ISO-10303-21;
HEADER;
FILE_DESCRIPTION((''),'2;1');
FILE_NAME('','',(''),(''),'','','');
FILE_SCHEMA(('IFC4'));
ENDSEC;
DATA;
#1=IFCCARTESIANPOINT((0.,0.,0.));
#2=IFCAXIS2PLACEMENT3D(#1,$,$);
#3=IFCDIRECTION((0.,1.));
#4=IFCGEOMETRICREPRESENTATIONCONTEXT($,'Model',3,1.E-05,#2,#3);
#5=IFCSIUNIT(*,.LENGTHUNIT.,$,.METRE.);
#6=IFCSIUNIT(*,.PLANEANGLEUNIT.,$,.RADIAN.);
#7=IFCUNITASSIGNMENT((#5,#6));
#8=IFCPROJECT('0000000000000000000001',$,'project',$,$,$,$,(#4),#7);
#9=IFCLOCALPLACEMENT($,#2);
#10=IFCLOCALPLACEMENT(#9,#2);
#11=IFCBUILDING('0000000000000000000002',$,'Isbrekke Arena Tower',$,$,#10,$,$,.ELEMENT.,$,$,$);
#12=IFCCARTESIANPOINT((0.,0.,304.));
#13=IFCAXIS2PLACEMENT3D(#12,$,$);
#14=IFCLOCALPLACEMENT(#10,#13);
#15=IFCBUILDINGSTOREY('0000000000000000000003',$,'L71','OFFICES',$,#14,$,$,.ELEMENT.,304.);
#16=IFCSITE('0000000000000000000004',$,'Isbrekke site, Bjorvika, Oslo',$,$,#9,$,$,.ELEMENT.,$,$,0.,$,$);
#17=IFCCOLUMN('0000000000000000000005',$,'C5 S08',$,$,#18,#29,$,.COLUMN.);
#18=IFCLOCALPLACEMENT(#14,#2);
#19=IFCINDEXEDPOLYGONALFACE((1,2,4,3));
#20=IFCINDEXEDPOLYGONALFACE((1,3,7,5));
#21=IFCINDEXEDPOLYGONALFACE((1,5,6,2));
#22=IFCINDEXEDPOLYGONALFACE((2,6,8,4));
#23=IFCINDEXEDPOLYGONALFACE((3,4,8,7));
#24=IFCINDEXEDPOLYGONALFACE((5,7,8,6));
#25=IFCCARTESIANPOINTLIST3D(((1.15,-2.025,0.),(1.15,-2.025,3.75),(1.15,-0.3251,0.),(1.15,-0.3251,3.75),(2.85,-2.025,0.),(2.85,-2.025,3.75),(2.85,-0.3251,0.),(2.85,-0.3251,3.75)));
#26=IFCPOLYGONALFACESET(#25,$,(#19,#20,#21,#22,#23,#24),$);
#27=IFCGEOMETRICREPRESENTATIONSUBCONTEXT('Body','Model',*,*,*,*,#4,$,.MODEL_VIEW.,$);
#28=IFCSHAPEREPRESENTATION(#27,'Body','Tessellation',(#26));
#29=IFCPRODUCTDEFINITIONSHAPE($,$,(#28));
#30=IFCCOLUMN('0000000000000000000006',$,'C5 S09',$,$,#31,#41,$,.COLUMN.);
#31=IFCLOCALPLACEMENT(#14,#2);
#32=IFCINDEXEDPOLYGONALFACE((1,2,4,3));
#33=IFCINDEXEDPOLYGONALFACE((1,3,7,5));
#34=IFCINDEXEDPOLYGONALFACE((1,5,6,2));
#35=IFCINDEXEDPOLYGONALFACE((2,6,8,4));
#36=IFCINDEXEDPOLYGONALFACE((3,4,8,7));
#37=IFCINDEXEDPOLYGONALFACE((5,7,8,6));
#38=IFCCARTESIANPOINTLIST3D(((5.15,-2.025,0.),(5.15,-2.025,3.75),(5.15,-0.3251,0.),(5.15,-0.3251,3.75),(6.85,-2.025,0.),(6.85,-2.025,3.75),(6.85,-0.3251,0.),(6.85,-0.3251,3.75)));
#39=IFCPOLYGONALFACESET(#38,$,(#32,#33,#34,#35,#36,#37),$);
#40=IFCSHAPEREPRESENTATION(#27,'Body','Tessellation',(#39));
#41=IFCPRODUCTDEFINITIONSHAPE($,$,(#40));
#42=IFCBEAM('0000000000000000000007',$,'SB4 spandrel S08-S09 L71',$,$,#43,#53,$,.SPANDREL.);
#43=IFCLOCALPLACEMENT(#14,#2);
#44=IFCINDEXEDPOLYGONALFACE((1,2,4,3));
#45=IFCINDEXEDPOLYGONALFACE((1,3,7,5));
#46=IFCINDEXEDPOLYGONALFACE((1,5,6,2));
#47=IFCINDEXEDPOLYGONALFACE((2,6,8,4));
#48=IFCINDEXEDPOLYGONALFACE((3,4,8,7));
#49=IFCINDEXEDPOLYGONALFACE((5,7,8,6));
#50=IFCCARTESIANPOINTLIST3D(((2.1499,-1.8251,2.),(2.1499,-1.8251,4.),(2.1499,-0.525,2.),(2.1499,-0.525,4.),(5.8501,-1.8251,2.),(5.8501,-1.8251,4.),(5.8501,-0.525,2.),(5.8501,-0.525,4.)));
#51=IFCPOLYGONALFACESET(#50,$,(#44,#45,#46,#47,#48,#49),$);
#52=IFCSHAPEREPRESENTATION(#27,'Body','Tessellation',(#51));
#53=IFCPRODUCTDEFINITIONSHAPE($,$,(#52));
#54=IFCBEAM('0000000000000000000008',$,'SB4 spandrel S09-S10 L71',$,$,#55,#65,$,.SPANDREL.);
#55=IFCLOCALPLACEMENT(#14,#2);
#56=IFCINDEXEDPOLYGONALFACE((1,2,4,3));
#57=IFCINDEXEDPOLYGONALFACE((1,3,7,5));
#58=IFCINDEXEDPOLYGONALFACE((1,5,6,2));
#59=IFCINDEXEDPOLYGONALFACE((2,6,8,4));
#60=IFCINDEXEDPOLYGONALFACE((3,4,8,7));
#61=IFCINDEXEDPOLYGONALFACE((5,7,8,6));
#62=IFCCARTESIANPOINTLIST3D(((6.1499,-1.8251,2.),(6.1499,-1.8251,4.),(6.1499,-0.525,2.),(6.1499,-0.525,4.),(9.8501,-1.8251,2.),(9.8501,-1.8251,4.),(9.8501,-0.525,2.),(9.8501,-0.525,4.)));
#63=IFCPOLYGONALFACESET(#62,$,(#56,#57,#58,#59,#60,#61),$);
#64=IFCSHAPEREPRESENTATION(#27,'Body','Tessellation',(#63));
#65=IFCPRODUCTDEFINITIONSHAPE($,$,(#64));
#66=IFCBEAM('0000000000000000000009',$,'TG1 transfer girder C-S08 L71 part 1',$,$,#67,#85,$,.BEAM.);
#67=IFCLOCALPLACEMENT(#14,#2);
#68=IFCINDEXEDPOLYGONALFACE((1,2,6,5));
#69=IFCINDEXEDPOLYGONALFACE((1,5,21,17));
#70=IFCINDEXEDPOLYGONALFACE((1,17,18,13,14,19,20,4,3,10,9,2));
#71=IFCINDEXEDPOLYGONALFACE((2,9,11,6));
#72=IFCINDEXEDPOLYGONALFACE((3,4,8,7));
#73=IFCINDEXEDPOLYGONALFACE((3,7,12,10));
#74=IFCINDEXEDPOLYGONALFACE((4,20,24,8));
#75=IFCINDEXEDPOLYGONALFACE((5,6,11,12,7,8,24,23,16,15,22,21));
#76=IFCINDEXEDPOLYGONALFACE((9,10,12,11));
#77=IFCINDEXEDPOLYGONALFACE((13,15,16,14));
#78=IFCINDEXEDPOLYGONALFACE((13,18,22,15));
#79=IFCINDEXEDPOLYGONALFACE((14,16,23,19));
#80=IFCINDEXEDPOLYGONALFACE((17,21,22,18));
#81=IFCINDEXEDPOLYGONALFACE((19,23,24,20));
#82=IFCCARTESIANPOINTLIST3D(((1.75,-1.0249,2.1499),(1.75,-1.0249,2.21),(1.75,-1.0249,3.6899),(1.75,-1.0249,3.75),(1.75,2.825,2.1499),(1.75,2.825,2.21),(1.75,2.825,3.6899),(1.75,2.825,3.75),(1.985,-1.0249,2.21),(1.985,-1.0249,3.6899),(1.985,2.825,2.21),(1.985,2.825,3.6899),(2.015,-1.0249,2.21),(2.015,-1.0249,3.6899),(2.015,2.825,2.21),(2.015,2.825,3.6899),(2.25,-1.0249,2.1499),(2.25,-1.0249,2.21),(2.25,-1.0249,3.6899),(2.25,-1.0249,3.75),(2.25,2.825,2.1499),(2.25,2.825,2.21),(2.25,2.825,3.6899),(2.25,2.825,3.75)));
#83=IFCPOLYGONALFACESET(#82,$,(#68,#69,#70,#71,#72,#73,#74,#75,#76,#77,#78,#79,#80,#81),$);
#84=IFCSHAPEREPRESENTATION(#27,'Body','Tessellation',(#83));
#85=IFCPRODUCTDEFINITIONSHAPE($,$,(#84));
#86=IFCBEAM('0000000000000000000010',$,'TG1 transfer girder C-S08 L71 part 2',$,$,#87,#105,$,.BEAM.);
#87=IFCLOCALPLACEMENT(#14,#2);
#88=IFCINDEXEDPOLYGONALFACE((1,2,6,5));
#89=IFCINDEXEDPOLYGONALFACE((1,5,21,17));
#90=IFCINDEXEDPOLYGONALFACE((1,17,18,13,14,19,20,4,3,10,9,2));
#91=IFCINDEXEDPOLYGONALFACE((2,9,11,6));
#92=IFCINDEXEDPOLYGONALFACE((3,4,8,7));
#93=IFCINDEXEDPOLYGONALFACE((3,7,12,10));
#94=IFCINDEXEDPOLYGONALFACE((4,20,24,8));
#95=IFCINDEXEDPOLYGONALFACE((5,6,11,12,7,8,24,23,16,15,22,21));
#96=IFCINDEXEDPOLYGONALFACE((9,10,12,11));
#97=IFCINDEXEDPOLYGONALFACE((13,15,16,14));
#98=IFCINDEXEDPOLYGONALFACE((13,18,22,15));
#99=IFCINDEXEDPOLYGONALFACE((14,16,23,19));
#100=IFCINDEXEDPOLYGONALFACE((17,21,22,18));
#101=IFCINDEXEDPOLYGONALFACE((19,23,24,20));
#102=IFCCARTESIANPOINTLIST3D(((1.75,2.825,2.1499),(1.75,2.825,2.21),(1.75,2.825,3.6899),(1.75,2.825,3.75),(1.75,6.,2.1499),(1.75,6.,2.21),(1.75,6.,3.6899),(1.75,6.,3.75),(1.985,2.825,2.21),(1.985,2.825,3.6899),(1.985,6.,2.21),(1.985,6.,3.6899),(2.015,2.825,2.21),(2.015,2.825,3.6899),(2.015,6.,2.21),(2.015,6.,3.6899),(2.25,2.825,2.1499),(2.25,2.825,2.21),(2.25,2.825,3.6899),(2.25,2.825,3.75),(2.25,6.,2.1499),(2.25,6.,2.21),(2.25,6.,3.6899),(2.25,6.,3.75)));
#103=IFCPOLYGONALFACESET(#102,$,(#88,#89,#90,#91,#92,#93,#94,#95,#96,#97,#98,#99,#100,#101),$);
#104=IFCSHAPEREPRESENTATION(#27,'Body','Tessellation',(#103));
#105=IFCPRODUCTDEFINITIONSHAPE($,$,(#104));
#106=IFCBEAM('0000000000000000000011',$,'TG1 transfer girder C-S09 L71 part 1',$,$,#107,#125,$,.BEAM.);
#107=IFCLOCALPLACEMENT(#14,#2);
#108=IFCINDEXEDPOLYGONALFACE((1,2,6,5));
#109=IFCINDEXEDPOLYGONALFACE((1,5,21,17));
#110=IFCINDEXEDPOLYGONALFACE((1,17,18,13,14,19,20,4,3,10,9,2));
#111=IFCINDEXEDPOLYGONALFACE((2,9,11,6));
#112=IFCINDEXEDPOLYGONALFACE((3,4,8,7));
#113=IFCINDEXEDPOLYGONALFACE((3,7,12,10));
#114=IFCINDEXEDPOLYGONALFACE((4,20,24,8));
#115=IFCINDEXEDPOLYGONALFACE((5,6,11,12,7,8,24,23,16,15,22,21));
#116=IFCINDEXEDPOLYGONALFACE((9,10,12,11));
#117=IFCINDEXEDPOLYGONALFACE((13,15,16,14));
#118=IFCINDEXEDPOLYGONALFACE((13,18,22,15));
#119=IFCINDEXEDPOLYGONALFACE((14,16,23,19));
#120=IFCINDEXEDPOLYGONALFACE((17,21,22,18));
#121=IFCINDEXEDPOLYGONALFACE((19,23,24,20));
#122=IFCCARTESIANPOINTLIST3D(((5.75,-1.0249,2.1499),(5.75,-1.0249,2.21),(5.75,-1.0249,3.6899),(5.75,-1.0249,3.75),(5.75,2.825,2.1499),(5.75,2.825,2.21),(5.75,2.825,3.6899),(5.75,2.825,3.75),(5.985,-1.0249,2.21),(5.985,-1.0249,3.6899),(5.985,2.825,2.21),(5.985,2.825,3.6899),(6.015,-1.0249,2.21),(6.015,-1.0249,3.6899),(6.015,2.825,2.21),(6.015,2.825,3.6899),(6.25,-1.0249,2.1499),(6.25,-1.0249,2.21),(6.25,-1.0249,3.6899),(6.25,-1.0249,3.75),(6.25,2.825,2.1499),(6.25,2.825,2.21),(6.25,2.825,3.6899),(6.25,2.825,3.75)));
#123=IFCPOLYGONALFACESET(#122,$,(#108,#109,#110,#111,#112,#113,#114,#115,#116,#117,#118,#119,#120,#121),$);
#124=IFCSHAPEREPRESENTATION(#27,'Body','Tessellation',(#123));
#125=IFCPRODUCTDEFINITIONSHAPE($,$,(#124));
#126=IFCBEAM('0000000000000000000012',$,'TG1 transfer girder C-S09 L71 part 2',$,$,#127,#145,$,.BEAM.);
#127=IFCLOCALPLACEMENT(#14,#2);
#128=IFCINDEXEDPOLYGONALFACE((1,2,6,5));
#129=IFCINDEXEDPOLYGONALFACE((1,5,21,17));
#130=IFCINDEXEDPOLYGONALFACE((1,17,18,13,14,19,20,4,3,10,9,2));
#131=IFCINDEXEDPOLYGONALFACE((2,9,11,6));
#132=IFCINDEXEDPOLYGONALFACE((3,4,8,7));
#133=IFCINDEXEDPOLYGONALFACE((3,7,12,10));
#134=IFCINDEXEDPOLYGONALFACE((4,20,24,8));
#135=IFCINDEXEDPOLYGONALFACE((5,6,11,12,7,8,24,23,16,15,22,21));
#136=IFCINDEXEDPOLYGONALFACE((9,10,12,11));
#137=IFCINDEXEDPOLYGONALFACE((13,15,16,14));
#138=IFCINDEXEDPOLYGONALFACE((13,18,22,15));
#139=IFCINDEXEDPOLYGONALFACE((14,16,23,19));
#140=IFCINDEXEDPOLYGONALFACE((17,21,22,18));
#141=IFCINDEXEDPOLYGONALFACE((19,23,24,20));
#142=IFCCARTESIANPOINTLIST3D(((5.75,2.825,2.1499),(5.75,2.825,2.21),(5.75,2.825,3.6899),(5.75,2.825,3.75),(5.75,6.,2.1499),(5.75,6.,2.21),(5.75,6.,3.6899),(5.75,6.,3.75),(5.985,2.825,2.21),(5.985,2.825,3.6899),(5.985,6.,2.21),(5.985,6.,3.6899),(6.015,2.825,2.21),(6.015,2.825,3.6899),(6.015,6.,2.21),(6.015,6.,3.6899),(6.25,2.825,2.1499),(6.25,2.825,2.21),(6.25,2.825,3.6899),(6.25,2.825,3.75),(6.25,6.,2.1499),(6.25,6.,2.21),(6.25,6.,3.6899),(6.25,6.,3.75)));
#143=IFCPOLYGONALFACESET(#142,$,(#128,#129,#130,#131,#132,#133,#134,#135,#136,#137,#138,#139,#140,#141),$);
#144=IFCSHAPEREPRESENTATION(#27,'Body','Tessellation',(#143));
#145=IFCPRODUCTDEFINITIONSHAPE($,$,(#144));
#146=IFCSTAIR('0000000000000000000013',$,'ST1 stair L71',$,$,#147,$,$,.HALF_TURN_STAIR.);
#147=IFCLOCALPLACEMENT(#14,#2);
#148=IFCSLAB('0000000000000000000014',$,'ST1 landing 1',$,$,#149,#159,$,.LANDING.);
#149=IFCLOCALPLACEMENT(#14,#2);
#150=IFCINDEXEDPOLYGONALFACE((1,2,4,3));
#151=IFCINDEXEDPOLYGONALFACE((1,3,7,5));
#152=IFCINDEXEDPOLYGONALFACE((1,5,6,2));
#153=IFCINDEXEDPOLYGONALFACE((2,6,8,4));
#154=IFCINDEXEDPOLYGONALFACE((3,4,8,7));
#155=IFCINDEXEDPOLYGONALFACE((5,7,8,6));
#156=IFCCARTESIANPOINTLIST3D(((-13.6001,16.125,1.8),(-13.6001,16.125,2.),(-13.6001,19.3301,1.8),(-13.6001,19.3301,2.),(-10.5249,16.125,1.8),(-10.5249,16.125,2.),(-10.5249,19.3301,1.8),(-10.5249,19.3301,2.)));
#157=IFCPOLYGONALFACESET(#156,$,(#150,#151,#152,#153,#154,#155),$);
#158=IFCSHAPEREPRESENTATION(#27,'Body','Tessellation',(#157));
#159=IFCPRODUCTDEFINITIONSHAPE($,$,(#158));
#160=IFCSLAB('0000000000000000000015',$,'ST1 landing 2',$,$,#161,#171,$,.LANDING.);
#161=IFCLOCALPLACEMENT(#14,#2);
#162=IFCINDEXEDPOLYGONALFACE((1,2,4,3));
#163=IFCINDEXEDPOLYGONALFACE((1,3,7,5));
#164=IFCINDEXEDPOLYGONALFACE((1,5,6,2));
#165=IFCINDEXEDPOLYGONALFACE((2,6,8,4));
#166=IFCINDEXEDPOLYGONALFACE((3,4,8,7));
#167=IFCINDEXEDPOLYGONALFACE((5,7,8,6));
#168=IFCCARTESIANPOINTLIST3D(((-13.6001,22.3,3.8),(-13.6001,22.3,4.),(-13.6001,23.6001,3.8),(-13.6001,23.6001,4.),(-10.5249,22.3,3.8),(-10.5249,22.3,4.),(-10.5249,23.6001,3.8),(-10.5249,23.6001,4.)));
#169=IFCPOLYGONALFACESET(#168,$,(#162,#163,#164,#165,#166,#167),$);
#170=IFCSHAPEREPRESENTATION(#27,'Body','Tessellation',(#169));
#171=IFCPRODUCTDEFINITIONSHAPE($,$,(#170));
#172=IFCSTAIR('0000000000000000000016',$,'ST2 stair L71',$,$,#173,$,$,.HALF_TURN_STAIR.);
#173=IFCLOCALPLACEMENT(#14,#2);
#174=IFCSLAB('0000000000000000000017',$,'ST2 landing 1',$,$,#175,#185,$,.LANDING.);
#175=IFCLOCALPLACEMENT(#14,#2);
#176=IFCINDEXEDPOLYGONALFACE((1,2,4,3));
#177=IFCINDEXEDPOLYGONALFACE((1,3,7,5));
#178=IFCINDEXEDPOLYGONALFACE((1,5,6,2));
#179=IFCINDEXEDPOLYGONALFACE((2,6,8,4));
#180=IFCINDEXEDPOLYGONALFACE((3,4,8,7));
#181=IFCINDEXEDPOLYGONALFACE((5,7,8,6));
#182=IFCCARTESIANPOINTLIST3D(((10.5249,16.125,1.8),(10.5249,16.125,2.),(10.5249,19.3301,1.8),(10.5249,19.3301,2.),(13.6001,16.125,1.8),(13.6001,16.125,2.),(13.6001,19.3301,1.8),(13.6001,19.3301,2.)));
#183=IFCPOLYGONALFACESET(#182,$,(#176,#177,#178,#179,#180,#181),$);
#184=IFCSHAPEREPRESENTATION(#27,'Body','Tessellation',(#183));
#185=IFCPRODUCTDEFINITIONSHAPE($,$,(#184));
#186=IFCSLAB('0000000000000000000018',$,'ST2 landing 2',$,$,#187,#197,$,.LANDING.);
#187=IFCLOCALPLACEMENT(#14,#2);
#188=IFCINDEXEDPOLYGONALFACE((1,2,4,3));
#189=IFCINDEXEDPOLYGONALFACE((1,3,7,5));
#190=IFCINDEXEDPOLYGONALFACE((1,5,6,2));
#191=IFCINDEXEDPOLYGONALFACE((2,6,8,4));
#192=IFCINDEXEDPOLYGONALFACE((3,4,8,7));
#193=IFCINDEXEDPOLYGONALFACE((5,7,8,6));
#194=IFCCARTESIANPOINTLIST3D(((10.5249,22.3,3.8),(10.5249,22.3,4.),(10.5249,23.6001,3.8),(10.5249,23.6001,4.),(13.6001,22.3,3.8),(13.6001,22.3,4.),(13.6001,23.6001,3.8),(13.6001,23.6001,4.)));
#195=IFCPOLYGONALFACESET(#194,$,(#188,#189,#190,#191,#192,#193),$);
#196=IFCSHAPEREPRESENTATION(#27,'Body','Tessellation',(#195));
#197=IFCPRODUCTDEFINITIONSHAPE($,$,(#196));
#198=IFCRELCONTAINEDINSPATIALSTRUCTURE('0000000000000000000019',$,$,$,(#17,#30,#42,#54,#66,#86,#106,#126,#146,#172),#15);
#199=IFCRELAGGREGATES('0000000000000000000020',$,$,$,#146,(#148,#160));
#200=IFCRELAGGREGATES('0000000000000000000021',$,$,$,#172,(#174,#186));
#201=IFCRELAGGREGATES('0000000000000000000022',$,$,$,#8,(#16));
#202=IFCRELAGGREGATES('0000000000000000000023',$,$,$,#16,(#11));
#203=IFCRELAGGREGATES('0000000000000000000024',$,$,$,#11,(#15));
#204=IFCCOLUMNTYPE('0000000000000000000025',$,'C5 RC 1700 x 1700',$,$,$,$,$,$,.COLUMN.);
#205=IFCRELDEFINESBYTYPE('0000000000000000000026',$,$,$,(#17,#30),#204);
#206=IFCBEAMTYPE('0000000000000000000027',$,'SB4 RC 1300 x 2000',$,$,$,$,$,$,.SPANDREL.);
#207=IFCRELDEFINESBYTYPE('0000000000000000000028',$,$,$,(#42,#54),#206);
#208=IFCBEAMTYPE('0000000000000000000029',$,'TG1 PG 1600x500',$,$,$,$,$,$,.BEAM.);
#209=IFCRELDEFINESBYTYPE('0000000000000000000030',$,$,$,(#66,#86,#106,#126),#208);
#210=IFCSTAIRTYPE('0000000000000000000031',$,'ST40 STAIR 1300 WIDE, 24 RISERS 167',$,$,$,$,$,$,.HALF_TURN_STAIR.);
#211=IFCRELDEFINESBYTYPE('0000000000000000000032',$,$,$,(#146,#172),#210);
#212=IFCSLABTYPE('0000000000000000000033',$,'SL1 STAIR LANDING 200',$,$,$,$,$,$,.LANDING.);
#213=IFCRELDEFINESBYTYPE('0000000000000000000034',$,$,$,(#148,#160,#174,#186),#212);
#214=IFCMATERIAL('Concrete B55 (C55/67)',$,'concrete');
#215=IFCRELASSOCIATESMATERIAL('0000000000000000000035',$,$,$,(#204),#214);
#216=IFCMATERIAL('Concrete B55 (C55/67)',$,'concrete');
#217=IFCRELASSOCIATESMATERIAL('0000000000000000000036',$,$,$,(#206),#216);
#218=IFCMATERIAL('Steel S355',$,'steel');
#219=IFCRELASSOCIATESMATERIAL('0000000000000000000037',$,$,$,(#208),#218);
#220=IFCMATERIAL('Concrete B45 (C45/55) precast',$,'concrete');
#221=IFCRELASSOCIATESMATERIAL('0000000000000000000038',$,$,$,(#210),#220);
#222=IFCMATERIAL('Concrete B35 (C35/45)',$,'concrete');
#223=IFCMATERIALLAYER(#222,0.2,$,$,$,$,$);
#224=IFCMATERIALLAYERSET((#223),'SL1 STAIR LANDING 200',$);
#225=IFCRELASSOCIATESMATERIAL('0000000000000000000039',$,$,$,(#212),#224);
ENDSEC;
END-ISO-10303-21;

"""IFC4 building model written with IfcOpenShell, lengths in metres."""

from ifc_helpers import new_model, si_unit, direction, frame, origin, origin_2d, place, context, subcontext, project, spatial, polyline, rectangle, i_section, outline, extrude, material, layer, layer_set, material_profile, profile_set, type_object, element, aggregate, save


model = new_model("IFC4")

# Units and contexts
model_context = context("Model", 3, precision=1e-05, world=origin(), true_north=direction((0.0, 1.0)))
body_context = subcontext(model_context, "Body", "Model", "MODEL_VIEW")
ifc_project = project(units=[si_unit("LENGTHUNIT", "METRE"), si_unit("PLANEANGLEUNIT", "RADIAN")], contexts=[model_context])

# Site, building, storey
site_placement = place(None, origin())
site = spatial("IfcSite", under=ifc_project, at=site_placement, Name="Isbrekke site, Bjorvika, Oslo", CompositionType="ELEMENT", RefElevation=0.0)
building_placement = place(site_placement, origin())
building = spatial("IfcBuilding", under=site, at=building_placement, Name="Isbrekke Arena Tower", CompositionType="ELEMENT")
storey_placement = place(building_placement, frame((0.0, 0.0, 304.0)))
storey = spatial("IfcBuildingStorey", under=building, at=storey_placement, Name="L71", Description="OFFICES", CompositionType="ELEMENT", Elevation=304.0)

# Columns
ifc_material_1 = material(Name="Concrete B55 (C55/67)", Category="concrete")
ifc_material_profile_1 = material_profile(ifc_material_1, rectangle(XDim=1.7, YDim=1.7, at=origin_2d()), Name="RC 1700x1700")
ifc_profile_set_1 = profile_set([ifc_material_profile_1], Name="Concrete B55 (C55/67)")
column_type = type_object("IfcColumnType", Name="C5 RC 1700 x 1700", PredefinedType="COLUMN", material=ifc_profile_set_1)
for number, where, z_axis, x_axis, name in (
    (1, (2.0, -1.175, 0.0), (0.0, 0.0, 1.0), (1.0, 0.0, 0.0), "C5 S08"),
    (2, (6.0, -1.175, 0.0), (0.0, 0.0, 1.0), (1.0, 0.0, 0.0), "C5 S09"),
):
    element("IfcColumn", number, at=place(storey_placement, frame(where, z_axis=z_axis, x_axis=x_axis)), inside=storey, type_object=column_type, Name=name, PredefinedType="COLUMN", context=body_context, shape_type="SweptSolid", body=[
        extrude(rectangle(XDim=1.7, YDim=1.7, at=origin_2d()), origin(), (0.0, 0.0, 1.0), 3.75),
    ])

# Beams
ifc_material_2 = material(Name="Concrete B55 (C55/67)", Category="concrete")
ifc_material_profile_2 = material_profile(ifc_material_2, rectangle(XDim=1.3, YDim=2.0, at=origin_2d()), Name="RC 1300x2000")
ifc_profile_set_2 = profile_set([ifc_material_profile_2], Name="Concrete B55 (C55/67)")
beam_type_1 = type_object("IfcBeamType", Name="SB4 RC 1300 x 2000", PredefinedType="SPANDREL", material=ifc_profile_set_2)
for number, where, z_axis, x_axis, name in (
    (3, (2.1499, -1.175, 3.0), (1.0, 0.0, 0.0), (0.0, 1.0, 0.0), "SB4 spandrel S08-S09 L71"),
    (4, (6.1499, -1.175, 3.0), (1.0, 0.0, 0.0), (0.0, 1.0, 0.0), "SB4 spandrel S09-S10 L71"),
):
    element("IfcBeam", number, at=place(storey_placement, frame(where, z_axis=z_axis, x_axis=x_axis)), inside=storey, type_object=beam_type_1, Name=name, PredefinedType="SPANDREL", context=body_context, shape_type="SweptSolid", body=[
        extrude(rectangle(XDim=1.3, YDim=2.0, at=origin_2d()), origin(), (0.0, 0.0, 1.0), 3.7002),
    ])
ifc_material_3 = material(Name="Steel S355", Category="steel")
ifc_material_profile_3 = material_profile(ifc_material_3, i_section(OverallWidth=0.5, OverallDepth=1.6001, WebThickness=0.03, FlangeThickness=0.0601, at=origin_2d()), Name="PG 1600x500")
ifc_profile_set_3 = profile_set([ifc_material_profile_3], Name="Steel S355")
beam_type_2 = type_object("IfcBeamType", Name="TG1 PG 1600x500", PredefinedType="BEAM", material=ifc_profile_set_3)
beam_1_placement = place(storey_placement, frame((2.0, -1.0249, 2.95), z_axis=(0.0, 1.0, 0.0), x_axis=(-1.0, 0.0, 0.0)))
element("IfcBeam", 5, at=beam_1_placement, inside=storey, type_object=beam_type_2, Name="TG1 transfer girder C-S08 L71 part 1", PredefinedType="BEAM", context=body_context, shape_type="SweptSolid", body=[
    extrude(i_section(OverallWidth=0.5, OverallDepth=1.6001, WebThickness=0.03, FlangeThickness=0.0601, at=origin_2d()), origin(), (0.0, 0.0, 1.0), 3.8499),
])
beam_2_placement = place(storey_placement, frame((2.0, 2.825, 2.95), z_axis=(0.0, 1.0, 0.0), x_axis=(-1.0, 0.0, 0.0)))
element("IfcBeam", 6, at=beam_2_placement, inside=storey, type_object=beam_type_2, Name="TG1 transfer girder C-S08 L71 part 2", PredefinedType="BEAM", context=body_context, shape_type="SweptSolid", body=[
    extrude(i_section(OverallWidth=0.5, OverallDepth=1.6001, WebThickness=0.03, FlangeThickness=0.0601, at=origin_2d()), origin(), (0.0, 0.0, 1.0), 3.175),
])
beam_3_placement = place(storey_placement, frame((6.0, -1.0249, 2.95), z_axis=(0.0, 1.0, 0.0), x_axis=(-1.0, 0.0, 0.0)))
element("IfcBeam", 7, at=beam_3_placement, inside=storey, type_object=beam_type_2, Name="TG1 transfer girder C-S09 L71 part 1", PredefinedType="BEAM", context=body_context, shape_type="SweptSolid", body=[
    extrude(i_section(OverallWidth=0.5, OverallDepth=1.6001, WebThickness=0.03, FlangeThickness=0.0601, at=origin_2d()), origin(), (0.0, 0.0, 1.0), 3.8499),
])
beam_4_placement = place(storey_placement, frame((6.0, 2.825, 2.95), z_axis=(0.0, 1.0, 0.0), x_axis=(-1.0, 0.0, 0.0)))
element("IfcBeam", 8, at=beam_4_placement, inside=storey, type_object=beam_type_2, Name="TG1 transfer girder C-S09 L71 part 2", PredefinedType="BEAM", context=body_context, shape_type="SweptSolid", body=[
    extrude(i_section(OverallWidth=0.5, OverallDepth=1.6001, WebThickness=0.03, FlangeThickness=0.0601, at=origin_2d()), origin(), (0.0, 0.0, 1.0), 3.175),
])

# Stairs, slabs
ifc_material_4 = material(Name="Concrete B45 (C45/55) precast", Category="concrete")
stair_type = type_object("IfcStairType", Name="ST40 STAIR 1300 WIDE, 24 RISERS 167", PredefinedType="HALF_TURN_STAIR", material=ifc_material_4)
stair_1_placement = place(storey_placement, origin())
stair_1 = element("IfcStair", 9, at=stair_1_placement, inside=storey, type_object=stair_type, Name="ST1 stair L71", PredefinedType="HALF_TURN_STAIR")
ifc_material_5 = material(Name="Concrete B35 (C35/45)", Category="concrete")
ifc_layer_1 = layer(ifc_material_5, 0.2)
ifc_layer_set_1 = layer_set([ifc_layer_1], Name="SL1 STAIR LANDING 200")
slab_type = type_object("IfcSlabType", Name="SL1 STAIR LANDING 200", PredefinedType="LANDING", material=ifc_layer_set_1)
slab_1_placement = place(storey_placement, frame((0.0, 0.0, 1.8)))
slab_1 = element("IfcSlab", 10, at=slab_1_placement, type_object=slab_type, Name="ST1 landing 1", PredefinedType="LANDING", context=body_context, shape_type="SweptSolid", body=[
    extrude(outline(polyline([(-13.6001, 16.125), (-10.5249, 16.125), (-10.5249, 19.3301), (-13.6001, 19.3301), (-13.6001, 16.125)])), origin(), (0.0, 0.0, 1.0), 0.2),
])
slab_2_placement = place(storey_placement, frame((0.0, 0.0, 3.8)))
slab_2 = element("IfcSlab", 11, at=slab_2_placement, type_object=slab_type, Name="ST1 landing 2", PredefinedType="LANDING", context=body_context, shape_type="SweptSolid", body=[
    extrude(outline(polyline([(-13.6001, 22.3), (-10.5249, 22.3), (-10.5249, 23.6001), (-13.6001, 23.6001), (-13.6001, 22.3)])), origin(), (0.0, 0.0, 1.0), 0.2),
])
aggregate(stair_1, [slab_1, slab_2])
stair_2_placement = place(storey_placement, origin())
stair_2 = element("IfcStair", 12, at=stair_2_placement, inside=storey, type_object=stair_type, Name="ST2 stair L71", PredefinedType="HALF_TURN_STAIR")
slab_3_placement = place(storey_placement, frame((0.0, 0.0, 1.8)))
slab_3 = element("IfcSlab", 13, at=slab_3_placement, type_object=slab_type, Name="ST2 landing 1", PredefinedType="LANDING", context=body_context, shape_type="SweptSolid", body=[
    extrude(outline(polyline([(10.5249, 16.125), (13.6001, 16.125), (13.6001, 19.3301), (10.5249, 19.3301), (10.5249, 16.125)])), origin(), (0.0, 0.0, 1.0), 0.2),
])
slab_4_placement = place(storey_placement, frame((0.0, 0.0, 3.8)))
slab_4 = element("IfcSlab", 14, at=slab_4_placement, type_object=slab_type, Name="ST2 landing 2", PredefinedType="LANDING", context=body_context, shape_type="SweptSolid", body=[
    extrude(outline(polyline([(10.5249, 22.3), (13.6001, 22.3), (13.6001, 23.6001), (10.5249, 23.6001), (10.5249, 22.3)])), origin(), (0.0, 0.0, 1.0), 0.2),
])
aggregate(stair_2, [slab_3, slab_4])

save(model, "model.ifc")
